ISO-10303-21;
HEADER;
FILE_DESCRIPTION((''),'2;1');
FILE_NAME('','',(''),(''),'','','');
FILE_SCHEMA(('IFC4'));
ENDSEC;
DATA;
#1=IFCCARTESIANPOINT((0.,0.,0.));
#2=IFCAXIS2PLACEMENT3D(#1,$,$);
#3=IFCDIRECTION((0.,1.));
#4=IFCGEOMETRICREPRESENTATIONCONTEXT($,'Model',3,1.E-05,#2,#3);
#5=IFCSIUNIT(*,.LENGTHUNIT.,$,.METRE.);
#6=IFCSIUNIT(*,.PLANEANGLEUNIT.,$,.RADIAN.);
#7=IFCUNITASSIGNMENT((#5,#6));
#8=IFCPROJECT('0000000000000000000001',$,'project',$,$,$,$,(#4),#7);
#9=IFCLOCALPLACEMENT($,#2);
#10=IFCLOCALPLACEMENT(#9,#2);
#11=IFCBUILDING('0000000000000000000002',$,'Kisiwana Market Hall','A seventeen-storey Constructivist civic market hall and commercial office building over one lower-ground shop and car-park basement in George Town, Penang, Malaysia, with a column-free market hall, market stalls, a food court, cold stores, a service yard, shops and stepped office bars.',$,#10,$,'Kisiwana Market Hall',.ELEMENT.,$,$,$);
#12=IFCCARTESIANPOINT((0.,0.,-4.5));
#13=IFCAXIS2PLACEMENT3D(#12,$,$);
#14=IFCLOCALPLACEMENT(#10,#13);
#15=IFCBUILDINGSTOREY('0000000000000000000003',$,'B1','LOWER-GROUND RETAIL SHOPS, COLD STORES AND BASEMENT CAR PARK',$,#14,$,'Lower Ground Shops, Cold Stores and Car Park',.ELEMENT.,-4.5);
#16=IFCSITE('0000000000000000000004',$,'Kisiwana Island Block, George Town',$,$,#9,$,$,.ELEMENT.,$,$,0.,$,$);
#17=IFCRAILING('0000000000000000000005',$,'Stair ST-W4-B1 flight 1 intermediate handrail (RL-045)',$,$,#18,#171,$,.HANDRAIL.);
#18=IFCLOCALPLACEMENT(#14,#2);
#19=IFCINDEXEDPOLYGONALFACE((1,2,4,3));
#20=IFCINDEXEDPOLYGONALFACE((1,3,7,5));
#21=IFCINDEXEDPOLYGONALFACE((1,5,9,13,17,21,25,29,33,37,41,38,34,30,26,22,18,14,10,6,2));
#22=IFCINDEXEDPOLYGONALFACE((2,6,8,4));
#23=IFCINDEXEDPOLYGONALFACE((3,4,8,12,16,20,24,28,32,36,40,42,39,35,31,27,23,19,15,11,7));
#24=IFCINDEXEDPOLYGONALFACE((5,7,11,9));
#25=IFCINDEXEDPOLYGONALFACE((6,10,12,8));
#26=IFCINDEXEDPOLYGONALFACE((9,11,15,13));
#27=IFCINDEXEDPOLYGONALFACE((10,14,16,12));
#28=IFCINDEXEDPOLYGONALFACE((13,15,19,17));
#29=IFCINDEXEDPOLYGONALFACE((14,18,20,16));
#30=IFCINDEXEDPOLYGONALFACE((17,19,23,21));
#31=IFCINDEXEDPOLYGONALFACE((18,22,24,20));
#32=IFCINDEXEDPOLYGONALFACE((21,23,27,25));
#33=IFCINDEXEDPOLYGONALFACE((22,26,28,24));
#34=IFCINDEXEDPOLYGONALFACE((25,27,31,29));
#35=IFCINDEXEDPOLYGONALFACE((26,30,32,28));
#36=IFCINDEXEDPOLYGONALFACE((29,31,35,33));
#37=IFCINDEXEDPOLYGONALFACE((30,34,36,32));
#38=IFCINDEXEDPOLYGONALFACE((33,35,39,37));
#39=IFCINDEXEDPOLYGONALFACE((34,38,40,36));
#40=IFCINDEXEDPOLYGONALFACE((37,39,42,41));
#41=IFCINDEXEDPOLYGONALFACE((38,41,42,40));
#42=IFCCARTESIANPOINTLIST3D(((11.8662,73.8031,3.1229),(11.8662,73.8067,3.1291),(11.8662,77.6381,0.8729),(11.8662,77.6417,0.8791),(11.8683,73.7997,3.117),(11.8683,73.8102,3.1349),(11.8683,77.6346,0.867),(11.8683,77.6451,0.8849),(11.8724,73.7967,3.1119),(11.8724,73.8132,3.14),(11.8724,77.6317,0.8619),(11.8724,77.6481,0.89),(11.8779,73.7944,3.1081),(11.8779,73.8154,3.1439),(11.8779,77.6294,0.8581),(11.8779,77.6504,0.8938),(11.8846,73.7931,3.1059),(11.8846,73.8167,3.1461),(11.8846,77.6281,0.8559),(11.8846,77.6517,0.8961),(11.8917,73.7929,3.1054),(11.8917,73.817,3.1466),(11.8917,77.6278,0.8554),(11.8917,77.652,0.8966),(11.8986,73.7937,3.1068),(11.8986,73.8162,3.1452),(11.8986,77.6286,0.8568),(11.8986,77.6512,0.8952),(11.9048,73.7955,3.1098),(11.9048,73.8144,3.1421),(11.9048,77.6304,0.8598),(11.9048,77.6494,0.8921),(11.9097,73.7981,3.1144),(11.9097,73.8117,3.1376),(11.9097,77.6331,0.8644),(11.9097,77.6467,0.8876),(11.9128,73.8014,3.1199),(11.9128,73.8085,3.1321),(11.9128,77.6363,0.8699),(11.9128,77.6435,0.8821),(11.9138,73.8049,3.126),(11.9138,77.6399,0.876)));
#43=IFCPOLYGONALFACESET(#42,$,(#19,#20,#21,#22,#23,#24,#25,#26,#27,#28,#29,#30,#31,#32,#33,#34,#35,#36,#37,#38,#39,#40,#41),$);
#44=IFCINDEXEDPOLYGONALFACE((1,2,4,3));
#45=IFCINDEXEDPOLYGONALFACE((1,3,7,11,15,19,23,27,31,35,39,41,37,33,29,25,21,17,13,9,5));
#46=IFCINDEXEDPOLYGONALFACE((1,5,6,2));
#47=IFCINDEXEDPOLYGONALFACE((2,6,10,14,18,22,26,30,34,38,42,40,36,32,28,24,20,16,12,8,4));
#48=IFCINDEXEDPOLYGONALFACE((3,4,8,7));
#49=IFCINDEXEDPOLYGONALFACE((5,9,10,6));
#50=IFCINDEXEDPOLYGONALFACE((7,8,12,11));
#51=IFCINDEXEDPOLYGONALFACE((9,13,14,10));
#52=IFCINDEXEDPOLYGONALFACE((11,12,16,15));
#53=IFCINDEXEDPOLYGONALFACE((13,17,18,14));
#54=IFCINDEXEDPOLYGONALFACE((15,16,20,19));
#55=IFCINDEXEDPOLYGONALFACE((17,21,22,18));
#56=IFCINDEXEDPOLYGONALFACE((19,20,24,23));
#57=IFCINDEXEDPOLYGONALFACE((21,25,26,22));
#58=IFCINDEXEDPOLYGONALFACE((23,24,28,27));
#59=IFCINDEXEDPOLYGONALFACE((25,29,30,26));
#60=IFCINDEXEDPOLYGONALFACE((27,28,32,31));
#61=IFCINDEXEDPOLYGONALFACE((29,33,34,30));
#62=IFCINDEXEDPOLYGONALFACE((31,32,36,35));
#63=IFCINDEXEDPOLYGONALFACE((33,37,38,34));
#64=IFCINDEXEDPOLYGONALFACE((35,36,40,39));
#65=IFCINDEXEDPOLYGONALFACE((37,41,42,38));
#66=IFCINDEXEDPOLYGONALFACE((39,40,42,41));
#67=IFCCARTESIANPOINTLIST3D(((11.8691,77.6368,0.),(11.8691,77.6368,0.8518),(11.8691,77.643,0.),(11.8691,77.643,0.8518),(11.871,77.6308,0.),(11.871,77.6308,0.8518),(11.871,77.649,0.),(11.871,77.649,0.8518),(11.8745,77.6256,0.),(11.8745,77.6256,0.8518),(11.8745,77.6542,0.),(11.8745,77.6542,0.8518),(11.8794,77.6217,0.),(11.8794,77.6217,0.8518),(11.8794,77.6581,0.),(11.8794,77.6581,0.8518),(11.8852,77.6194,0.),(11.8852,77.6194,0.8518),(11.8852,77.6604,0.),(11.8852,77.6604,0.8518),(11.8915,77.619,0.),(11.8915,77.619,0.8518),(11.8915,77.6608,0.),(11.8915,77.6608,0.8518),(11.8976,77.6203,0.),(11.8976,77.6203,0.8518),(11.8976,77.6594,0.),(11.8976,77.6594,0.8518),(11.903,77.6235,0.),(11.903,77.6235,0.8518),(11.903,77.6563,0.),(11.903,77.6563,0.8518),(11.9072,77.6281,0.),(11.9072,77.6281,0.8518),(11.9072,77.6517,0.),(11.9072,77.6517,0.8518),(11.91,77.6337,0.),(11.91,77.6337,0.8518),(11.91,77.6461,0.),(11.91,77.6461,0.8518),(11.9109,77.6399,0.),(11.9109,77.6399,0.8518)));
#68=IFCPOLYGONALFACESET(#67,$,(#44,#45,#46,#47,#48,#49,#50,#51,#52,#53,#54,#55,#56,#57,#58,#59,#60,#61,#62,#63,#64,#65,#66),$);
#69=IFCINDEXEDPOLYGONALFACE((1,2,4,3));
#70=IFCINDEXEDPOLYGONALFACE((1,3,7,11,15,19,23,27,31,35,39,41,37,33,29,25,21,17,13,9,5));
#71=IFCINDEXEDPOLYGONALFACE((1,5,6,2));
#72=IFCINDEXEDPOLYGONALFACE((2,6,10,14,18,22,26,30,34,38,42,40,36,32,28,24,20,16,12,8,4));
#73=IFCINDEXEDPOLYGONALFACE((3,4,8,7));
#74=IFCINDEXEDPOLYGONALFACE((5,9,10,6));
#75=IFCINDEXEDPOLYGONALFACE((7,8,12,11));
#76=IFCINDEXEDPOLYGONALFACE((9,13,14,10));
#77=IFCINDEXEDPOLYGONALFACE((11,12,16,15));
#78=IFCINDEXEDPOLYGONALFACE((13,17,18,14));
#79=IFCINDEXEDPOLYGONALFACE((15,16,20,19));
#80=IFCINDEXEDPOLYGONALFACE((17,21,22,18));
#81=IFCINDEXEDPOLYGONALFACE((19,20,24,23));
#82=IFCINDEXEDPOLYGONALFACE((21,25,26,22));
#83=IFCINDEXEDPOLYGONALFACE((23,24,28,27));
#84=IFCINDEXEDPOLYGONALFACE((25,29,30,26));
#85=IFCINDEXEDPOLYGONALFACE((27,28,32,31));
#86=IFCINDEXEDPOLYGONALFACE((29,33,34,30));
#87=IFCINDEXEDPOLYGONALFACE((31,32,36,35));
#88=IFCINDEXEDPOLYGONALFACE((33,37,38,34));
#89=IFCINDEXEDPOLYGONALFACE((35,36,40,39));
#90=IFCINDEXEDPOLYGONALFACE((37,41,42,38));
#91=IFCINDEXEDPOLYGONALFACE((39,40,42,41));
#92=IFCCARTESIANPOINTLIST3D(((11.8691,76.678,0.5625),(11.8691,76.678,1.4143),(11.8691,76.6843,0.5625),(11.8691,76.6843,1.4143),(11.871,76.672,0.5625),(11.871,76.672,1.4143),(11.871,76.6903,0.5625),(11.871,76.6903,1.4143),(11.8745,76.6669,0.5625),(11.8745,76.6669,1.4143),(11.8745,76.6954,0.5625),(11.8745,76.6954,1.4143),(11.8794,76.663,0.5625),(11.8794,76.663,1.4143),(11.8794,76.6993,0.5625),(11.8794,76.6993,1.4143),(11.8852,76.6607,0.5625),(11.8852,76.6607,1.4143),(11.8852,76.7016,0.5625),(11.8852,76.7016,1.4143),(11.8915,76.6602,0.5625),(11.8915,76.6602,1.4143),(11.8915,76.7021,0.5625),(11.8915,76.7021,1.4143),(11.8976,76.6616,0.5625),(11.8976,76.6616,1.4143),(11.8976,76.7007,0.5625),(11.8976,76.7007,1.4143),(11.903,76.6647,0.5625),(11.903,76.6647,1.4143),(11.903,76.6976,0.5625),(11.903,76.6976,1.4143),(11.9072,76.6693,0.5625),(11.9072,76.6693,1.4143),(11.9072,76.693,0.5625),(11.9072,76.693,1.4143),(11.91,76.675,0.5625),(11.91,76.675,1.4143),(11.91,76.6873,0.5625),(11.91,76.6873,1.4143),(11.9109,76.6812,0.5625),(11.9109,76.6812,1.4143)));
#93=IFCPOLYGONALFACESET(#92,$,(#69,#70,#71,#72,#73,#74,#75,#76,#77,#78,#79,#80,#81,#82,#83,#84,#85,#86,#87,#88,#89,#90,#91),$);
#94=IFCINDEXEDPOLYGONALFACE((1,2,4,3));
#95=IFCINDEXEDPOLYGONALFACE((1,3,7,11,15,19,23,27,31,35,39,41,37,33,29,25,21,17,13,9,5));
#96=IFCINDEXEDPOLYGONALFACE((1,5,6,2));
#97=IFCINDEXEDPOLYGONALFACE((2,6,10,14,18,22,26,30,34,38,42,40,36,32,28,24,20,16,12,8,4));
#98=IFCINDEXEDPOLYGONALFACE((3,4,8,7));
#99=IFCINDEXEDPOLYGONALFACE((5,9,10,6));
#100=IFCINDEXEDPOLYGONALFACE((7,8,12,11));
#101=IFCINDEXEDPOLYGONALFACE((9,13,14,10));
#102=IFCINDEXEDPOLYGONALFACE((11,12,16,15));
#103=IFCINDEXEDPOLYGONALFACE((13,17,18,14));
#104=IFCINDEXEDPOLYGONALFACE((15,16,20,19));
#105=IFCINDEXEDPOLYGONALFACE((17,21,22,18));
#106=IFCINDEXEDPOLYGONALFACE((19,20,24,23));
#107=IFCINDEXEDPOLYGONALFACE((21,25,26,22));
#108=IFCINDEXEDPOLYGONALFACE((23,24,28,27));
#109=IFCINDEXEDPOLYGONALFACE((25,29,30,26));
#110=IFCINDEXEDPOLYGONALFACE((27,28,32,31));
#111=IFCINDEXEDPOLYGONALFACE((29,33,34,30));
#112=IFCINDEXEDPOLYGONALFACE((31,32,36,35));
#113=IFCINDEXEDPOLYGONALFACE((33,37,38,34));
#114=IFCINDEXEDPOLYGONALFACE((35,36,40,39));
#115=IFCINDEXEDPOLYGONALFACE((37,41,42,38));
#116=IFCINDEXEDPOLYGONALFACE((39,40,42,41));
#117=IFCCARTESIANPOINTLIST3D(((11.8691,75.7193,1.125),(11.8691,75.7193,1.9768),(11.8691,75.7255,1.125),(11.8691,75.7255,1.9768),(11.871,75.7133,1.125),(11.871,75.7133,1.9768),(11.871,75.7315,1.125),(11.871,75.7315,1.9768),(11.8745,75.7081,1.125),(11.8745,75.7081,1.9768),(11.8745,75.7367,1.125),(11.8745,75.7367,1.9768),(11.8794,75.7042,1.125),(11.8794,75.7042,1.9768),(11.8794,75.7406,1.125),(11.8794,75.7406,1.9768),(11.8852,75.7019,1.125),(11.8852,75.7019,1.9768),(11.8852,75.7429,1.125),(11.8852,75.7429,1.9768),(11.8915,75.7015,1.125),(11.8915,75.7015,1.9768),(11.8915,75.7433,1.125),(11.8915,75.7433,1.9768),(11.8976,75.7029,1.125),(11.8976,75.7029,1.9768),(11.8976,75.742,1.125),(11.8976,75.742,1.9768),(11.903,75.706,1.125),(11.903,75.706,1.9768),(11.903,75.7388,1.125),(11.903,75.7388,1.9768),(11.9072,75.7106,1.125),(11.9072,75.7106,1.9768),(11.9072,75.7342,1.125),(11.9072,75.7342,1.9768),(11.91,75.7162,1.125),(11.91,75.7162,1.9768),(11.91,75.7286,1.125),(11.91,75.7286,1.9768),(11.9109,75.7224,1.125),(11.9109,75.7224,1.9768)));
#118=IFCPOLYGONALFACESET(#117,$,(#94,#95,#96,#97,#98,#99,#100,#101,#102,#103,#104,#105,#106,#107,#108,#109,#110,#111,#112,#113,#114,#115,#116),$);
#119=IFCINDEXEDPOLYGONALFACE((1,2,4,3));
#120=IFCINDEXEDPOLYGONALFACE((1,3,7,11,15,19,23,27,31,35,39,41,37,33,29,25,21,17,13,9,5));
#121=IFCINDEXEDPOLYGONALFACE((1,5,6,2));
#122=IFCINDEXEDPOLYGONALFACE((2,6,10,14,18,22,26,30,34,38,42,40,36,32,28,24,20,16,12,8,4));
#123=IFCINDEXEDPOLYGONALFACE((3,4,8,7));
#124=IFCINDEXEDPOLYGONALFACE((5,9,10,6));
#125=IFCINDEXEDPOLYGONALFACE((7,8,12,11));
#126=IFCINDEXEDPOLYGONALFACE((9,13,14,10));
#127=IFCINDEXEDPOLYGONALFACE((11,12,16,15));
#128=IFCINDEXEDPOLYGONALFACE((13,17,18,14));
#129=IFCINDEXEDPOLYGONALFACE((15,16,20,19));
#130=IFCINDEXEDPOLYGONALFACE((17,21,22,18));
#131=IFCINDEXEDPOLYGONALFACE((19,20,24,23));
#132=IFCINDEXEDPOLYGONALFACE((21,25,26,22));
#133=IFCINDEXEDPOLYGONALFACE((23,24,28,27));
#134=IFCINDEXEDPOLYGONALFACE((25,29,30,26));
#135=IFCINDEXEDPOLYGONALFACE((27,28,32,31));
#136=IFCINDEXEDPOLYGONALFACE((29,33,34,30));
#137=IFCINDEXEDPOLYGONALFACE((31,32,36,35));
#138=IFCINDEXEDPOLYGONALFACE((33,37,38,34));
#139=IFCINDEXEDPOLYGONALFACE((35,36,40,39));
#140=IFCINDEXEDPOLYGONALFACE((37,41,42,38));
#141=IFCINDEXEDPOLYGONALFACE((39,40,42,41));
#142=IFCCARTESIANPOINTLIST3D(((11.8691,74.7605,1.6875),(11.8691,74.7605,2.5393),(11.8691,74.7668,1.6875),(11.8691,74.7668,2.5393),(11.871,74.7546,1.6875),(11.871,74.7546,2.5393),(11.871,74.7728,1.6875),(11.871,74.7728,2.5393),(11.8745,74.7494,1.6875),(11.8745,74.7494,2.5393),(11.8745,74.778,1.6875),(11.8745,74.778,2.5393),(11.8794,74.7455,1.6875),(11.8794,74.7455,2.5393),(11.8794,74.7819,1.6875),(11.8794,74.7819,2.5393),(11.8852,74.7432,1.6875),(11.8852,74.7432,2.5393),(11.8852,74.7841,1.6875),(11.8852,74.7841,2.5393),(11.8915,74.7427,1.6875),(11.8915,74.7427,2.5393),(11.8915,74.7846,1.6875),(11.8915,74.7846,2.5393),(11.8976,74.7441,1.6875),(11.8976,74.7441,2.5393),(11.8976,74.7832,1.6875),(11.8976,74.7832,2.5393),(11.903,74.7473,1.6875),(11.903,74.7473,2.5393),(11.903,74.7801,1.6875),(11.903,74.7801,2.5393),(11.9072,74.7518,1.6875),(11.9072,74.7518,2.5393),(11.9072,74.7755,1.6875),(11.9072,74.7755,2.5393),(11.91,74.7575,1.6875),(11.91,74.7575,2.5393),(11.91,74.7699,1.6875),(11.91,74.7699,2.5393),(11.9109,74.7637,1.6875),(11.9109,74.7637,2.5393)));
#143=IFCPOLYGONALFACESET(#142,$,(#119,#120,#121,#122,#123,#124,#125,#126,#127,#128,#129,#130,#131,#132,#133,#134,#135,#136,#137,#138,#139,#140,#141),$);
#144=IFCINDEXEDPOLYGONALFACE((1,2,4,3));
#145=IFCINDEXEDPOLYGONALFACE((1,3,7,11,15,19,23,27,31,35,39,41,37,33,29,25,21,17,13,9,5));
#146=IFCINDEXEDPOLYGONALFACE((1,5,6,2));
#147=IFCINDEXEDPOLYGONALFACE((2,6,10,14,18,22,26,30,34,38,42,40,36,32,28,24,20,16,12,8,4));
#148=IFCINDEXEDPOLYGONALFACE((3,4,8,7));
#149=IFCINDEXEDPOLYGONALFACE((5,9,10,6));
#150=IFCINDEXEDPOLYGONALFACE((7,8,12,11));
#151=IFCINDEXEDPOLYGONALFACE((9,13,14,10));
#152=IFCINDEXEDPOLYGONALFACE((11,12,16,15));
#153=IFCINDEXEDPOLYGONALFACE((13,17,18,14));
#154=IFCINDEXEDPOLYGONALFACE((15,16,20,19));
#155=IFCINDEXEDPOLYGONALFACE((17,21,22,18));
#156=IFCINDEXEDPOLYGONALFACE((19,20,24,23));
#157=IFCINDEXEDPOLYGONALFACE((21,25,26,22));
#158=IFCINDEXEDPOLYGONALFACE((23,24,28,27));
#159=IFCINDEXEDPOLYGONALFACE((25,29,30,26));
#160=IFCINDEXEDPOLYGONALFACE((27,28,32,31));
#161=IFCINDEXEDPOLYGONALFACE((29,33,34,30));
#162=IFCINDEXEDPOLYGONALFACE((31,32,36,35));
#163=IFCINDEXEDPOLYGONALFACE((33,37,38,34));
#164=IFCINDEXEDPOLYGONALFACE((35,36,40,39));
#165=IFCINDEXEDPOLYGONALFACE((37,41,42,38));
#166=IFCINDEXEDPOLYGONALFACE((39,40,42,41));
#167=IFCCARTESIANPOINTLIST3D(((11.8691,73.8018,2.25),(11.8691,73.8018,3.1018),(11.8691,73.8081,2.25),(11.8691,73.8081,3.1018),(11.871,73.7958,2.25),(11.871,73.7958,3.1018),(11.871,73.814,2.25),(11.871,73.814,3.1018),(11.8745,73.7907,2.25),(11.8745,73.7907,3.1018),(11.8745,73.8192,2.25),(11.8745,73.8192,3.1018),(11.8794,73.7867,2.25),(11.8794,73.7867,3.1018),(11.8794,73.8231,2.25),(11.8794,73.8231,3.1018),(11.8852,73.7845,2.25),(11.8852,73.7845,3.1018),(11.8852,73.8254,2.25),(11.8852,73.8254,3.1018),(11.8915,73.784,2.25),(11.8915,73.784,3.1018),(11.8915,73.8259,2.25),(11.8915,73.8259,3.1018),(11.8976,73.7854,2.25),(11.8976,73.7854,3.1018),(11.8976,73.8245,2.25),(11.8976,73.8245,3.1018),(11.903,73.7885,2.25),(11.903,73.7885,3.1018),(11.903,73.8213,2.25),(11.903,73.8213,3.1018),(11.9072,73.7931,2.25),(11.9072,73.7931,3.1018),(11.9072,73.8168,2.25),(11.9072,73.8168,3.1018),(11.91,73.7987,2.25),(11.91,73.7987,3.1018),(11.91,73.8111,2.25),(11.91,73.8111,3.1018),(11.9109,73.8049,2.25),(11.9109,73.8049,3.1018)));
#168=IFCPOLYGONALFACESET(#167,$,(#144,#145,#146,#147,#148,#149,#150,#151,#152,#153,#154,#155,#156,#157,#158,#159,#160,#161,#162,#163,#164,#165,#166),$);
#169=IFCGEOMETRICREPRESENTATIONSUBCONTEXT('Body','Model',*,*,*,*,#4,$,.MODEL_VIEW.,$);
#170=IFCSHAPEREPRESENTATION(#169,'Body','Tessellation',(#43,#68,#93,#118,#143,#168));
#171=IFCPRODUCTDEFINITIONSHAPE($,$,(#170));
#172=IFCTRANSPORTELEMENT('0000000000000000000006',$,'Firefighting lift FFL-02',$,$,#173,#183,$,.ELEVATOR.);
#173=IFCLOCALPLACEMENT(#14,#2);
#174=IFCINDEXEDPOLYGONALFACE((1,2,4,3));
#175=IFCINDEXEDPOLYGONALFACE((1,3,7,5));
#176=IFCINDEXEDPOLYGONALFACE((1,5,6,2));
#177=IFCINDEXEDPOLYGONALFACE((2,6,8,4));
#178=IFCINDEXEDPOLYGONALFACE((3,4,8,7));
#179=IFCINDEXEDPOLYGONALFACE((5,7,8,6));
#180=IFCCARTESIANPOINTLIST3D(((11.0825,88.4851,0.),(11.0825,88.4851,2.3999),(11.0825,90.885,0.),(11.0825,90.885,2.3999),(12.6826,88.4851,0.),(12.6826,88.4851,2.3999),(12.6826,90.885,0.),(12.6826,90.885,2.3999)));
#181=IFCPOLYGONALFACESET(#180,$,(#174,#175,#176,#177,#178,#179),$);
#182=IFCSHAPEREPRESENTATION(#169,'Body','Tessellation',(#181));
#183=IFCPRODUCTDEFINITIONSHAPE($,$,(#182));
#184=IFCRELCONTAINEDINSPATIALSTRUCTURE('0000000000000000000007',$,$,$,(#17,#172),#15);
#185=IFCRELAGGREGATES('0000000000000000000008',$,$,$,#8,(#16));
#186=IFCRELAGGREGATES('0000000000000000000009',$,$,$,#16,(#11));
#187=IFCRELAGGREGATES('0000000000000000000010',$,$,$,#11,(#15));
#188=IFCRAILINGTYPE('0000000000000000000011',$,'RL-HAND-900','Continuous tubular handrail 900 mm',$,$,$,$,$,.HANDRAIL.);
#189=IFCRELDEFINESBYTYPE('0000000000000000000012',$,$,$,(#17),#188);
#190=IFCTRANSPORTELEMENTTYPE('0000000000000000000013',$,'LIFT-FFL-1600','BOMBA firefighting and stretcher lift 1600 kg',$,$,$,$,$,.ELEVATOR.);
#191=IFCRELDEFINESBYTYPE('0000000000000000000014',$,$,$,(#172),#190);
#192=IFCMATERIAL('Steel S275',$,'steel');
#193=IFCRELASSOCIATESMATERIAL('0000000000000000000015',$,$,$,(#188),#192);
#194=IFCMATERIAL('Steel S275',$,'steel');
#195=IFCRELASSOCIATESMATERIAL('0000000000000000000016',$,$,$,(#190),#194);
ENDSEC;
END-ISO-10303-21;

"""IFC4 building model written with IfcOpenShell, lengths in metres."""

from ifc_helpers import new_model, si_unit, direction, frame, origin, origin_2d, place, context, subcontext, project, spatial, rectangle, circle, extrude, material, type_object, element, save


model = new_model("IFC4")

# Units and contexts
model_context = context("Model", 3, precision=1e-05, world=origin(), true_north=direction((0.0, 1.0)))
body_context = subcontext(model_context, "Body", "Model", "MODEL_VIEW")
ifc_project = project(units=[si_unit("LENGTHUNIT", "METRE"), si_unit("PLANEANGLEUNIT", "RADIAN")], contexts=[model_context])

# Site, building, storey
site_placement = place(None, origin())
site = spatial("IfcSite", under=ifc_project, at=site_placement, Name="Kisiwana Island Block, George Town", CompositionType="ELEMENT", RefElevation=0.0)
building_placement = place(site_placement, origin())
building = spatial("IfcBuilding", under=site, at=building_placement, Name="Kisiwana Market Hall", Description="A seventeen-storey Constructivist civic market hall and commercial office building over one lower-ground shop and car-park basement in George Town, Penang, Malaysia, with a column-free market hall, market stalls, a food court, cold stores, a service yard, shops and stepped office bars.", LongName="Kisiwana Market Hall", CompositionType="ELEMENT")
storey_placement = place(building_placement, frame((0.0, 0.0, -4.5)))
storey = spatial("IfcBuildingStorey", under=building, at=storey_placement, Name="B1", Description="LOWER-GROUND RETAIL SHOPS, COLD STORES AND BASEMENT CAR PARK", LongName="Lower Ground Shops, Cold Stores and Car Park", CompositionType="ELEMENT", Elevation=-4.5)

# Railing
ifc_material_1 = material(Name="Steel S275", Category="steel")
railing_type_1 = type_object("IfcRailingType", Name="RL-HAND-900", Description="Continuous tubular handrail 900 mm", PredefinedType="HANDRAIL", material=ifc_material_1)
for number, where, name in (
    (1, (11.8899, 77.6399, 0.0), "Stair ST-W4-B1 flight 1 intermediate handrail (RL-045)"),
):
    element("IfcRailing", number, at=place(storey_placement, frame(where)), inside=storey, type_object=railing_type_1, Name=name, PredefinedType="HANDRAIL", context=body_context, shape_type="SweptSolid", body=[
        extrude(circle(Radius=0.0239, at=origin_2d()), frame((0.0, 0.0, 0.876), z_axis=(0.0, -0.86251, 0.506041), x_axis=(1.0, 0.0, 0.0)), (0.0, 0.0, 1.0), 4.4463),
        extrude(circle(Radius=0.021, at=origin_2d()), origin(), (0.0, 0.0, 1.0), 0.8518),
        extrude(circle(Radius=0.021, at=origin_2d()), frame((0.0, -0.9587, 0.5625)), (0.0, 0.0, 1.0), 0.8518),
        extrude(circle(Radius=0.021, at=origin_2d()), frame((0.0, -1.9175, 1.125)), (0.0, 0.0, 1.0), 0.8518),
        extrude(circle(Radius=0.021, at=origin_2d()), frame((0.0, -2.8762, 1.6875)), (0.0, 0.0, 1.0), 0.8518),
        extrude(circle(Radius=0.021, at=origin_2d()), frame((0.0, -3.835, 2.25)), (0.0, 0.0, 1.0), 0.8518),
    ])

# Transport element
ifc_material_2 = material(Name="Steel S275", Category="steel")
transport_element_type = type_object("IfcTransportElementType", Name="LIFT-FFL-1600", Description="BOMBA firefighting and stretcher lift 1600 kg", PredefinedType="ELEVATOR", material=ifc_material_2)
transport_element_placement = place(storey_placement, frame((11.8826, 89.6851, 0.0), z_axis=(0.0, 0.0, 1.0), x_axis=(1.0, 0.0, 0.0)))
element("IfcTransportElement", 2, at=transport_element_placement, inside=storey, type_object=transport_element_type, Name="Firefighting lift FFL-02", PredefinedType="ELEVATOR", context=body_context, shape_type="SweptSolid", body=[
    extrude(rectangle(XDim=1.6001, YDim=2.3999, at=origin_2d()), origin(), (0.0, 0.0, 1.0), 2.3999),
])

save(model, "model.ifc")
